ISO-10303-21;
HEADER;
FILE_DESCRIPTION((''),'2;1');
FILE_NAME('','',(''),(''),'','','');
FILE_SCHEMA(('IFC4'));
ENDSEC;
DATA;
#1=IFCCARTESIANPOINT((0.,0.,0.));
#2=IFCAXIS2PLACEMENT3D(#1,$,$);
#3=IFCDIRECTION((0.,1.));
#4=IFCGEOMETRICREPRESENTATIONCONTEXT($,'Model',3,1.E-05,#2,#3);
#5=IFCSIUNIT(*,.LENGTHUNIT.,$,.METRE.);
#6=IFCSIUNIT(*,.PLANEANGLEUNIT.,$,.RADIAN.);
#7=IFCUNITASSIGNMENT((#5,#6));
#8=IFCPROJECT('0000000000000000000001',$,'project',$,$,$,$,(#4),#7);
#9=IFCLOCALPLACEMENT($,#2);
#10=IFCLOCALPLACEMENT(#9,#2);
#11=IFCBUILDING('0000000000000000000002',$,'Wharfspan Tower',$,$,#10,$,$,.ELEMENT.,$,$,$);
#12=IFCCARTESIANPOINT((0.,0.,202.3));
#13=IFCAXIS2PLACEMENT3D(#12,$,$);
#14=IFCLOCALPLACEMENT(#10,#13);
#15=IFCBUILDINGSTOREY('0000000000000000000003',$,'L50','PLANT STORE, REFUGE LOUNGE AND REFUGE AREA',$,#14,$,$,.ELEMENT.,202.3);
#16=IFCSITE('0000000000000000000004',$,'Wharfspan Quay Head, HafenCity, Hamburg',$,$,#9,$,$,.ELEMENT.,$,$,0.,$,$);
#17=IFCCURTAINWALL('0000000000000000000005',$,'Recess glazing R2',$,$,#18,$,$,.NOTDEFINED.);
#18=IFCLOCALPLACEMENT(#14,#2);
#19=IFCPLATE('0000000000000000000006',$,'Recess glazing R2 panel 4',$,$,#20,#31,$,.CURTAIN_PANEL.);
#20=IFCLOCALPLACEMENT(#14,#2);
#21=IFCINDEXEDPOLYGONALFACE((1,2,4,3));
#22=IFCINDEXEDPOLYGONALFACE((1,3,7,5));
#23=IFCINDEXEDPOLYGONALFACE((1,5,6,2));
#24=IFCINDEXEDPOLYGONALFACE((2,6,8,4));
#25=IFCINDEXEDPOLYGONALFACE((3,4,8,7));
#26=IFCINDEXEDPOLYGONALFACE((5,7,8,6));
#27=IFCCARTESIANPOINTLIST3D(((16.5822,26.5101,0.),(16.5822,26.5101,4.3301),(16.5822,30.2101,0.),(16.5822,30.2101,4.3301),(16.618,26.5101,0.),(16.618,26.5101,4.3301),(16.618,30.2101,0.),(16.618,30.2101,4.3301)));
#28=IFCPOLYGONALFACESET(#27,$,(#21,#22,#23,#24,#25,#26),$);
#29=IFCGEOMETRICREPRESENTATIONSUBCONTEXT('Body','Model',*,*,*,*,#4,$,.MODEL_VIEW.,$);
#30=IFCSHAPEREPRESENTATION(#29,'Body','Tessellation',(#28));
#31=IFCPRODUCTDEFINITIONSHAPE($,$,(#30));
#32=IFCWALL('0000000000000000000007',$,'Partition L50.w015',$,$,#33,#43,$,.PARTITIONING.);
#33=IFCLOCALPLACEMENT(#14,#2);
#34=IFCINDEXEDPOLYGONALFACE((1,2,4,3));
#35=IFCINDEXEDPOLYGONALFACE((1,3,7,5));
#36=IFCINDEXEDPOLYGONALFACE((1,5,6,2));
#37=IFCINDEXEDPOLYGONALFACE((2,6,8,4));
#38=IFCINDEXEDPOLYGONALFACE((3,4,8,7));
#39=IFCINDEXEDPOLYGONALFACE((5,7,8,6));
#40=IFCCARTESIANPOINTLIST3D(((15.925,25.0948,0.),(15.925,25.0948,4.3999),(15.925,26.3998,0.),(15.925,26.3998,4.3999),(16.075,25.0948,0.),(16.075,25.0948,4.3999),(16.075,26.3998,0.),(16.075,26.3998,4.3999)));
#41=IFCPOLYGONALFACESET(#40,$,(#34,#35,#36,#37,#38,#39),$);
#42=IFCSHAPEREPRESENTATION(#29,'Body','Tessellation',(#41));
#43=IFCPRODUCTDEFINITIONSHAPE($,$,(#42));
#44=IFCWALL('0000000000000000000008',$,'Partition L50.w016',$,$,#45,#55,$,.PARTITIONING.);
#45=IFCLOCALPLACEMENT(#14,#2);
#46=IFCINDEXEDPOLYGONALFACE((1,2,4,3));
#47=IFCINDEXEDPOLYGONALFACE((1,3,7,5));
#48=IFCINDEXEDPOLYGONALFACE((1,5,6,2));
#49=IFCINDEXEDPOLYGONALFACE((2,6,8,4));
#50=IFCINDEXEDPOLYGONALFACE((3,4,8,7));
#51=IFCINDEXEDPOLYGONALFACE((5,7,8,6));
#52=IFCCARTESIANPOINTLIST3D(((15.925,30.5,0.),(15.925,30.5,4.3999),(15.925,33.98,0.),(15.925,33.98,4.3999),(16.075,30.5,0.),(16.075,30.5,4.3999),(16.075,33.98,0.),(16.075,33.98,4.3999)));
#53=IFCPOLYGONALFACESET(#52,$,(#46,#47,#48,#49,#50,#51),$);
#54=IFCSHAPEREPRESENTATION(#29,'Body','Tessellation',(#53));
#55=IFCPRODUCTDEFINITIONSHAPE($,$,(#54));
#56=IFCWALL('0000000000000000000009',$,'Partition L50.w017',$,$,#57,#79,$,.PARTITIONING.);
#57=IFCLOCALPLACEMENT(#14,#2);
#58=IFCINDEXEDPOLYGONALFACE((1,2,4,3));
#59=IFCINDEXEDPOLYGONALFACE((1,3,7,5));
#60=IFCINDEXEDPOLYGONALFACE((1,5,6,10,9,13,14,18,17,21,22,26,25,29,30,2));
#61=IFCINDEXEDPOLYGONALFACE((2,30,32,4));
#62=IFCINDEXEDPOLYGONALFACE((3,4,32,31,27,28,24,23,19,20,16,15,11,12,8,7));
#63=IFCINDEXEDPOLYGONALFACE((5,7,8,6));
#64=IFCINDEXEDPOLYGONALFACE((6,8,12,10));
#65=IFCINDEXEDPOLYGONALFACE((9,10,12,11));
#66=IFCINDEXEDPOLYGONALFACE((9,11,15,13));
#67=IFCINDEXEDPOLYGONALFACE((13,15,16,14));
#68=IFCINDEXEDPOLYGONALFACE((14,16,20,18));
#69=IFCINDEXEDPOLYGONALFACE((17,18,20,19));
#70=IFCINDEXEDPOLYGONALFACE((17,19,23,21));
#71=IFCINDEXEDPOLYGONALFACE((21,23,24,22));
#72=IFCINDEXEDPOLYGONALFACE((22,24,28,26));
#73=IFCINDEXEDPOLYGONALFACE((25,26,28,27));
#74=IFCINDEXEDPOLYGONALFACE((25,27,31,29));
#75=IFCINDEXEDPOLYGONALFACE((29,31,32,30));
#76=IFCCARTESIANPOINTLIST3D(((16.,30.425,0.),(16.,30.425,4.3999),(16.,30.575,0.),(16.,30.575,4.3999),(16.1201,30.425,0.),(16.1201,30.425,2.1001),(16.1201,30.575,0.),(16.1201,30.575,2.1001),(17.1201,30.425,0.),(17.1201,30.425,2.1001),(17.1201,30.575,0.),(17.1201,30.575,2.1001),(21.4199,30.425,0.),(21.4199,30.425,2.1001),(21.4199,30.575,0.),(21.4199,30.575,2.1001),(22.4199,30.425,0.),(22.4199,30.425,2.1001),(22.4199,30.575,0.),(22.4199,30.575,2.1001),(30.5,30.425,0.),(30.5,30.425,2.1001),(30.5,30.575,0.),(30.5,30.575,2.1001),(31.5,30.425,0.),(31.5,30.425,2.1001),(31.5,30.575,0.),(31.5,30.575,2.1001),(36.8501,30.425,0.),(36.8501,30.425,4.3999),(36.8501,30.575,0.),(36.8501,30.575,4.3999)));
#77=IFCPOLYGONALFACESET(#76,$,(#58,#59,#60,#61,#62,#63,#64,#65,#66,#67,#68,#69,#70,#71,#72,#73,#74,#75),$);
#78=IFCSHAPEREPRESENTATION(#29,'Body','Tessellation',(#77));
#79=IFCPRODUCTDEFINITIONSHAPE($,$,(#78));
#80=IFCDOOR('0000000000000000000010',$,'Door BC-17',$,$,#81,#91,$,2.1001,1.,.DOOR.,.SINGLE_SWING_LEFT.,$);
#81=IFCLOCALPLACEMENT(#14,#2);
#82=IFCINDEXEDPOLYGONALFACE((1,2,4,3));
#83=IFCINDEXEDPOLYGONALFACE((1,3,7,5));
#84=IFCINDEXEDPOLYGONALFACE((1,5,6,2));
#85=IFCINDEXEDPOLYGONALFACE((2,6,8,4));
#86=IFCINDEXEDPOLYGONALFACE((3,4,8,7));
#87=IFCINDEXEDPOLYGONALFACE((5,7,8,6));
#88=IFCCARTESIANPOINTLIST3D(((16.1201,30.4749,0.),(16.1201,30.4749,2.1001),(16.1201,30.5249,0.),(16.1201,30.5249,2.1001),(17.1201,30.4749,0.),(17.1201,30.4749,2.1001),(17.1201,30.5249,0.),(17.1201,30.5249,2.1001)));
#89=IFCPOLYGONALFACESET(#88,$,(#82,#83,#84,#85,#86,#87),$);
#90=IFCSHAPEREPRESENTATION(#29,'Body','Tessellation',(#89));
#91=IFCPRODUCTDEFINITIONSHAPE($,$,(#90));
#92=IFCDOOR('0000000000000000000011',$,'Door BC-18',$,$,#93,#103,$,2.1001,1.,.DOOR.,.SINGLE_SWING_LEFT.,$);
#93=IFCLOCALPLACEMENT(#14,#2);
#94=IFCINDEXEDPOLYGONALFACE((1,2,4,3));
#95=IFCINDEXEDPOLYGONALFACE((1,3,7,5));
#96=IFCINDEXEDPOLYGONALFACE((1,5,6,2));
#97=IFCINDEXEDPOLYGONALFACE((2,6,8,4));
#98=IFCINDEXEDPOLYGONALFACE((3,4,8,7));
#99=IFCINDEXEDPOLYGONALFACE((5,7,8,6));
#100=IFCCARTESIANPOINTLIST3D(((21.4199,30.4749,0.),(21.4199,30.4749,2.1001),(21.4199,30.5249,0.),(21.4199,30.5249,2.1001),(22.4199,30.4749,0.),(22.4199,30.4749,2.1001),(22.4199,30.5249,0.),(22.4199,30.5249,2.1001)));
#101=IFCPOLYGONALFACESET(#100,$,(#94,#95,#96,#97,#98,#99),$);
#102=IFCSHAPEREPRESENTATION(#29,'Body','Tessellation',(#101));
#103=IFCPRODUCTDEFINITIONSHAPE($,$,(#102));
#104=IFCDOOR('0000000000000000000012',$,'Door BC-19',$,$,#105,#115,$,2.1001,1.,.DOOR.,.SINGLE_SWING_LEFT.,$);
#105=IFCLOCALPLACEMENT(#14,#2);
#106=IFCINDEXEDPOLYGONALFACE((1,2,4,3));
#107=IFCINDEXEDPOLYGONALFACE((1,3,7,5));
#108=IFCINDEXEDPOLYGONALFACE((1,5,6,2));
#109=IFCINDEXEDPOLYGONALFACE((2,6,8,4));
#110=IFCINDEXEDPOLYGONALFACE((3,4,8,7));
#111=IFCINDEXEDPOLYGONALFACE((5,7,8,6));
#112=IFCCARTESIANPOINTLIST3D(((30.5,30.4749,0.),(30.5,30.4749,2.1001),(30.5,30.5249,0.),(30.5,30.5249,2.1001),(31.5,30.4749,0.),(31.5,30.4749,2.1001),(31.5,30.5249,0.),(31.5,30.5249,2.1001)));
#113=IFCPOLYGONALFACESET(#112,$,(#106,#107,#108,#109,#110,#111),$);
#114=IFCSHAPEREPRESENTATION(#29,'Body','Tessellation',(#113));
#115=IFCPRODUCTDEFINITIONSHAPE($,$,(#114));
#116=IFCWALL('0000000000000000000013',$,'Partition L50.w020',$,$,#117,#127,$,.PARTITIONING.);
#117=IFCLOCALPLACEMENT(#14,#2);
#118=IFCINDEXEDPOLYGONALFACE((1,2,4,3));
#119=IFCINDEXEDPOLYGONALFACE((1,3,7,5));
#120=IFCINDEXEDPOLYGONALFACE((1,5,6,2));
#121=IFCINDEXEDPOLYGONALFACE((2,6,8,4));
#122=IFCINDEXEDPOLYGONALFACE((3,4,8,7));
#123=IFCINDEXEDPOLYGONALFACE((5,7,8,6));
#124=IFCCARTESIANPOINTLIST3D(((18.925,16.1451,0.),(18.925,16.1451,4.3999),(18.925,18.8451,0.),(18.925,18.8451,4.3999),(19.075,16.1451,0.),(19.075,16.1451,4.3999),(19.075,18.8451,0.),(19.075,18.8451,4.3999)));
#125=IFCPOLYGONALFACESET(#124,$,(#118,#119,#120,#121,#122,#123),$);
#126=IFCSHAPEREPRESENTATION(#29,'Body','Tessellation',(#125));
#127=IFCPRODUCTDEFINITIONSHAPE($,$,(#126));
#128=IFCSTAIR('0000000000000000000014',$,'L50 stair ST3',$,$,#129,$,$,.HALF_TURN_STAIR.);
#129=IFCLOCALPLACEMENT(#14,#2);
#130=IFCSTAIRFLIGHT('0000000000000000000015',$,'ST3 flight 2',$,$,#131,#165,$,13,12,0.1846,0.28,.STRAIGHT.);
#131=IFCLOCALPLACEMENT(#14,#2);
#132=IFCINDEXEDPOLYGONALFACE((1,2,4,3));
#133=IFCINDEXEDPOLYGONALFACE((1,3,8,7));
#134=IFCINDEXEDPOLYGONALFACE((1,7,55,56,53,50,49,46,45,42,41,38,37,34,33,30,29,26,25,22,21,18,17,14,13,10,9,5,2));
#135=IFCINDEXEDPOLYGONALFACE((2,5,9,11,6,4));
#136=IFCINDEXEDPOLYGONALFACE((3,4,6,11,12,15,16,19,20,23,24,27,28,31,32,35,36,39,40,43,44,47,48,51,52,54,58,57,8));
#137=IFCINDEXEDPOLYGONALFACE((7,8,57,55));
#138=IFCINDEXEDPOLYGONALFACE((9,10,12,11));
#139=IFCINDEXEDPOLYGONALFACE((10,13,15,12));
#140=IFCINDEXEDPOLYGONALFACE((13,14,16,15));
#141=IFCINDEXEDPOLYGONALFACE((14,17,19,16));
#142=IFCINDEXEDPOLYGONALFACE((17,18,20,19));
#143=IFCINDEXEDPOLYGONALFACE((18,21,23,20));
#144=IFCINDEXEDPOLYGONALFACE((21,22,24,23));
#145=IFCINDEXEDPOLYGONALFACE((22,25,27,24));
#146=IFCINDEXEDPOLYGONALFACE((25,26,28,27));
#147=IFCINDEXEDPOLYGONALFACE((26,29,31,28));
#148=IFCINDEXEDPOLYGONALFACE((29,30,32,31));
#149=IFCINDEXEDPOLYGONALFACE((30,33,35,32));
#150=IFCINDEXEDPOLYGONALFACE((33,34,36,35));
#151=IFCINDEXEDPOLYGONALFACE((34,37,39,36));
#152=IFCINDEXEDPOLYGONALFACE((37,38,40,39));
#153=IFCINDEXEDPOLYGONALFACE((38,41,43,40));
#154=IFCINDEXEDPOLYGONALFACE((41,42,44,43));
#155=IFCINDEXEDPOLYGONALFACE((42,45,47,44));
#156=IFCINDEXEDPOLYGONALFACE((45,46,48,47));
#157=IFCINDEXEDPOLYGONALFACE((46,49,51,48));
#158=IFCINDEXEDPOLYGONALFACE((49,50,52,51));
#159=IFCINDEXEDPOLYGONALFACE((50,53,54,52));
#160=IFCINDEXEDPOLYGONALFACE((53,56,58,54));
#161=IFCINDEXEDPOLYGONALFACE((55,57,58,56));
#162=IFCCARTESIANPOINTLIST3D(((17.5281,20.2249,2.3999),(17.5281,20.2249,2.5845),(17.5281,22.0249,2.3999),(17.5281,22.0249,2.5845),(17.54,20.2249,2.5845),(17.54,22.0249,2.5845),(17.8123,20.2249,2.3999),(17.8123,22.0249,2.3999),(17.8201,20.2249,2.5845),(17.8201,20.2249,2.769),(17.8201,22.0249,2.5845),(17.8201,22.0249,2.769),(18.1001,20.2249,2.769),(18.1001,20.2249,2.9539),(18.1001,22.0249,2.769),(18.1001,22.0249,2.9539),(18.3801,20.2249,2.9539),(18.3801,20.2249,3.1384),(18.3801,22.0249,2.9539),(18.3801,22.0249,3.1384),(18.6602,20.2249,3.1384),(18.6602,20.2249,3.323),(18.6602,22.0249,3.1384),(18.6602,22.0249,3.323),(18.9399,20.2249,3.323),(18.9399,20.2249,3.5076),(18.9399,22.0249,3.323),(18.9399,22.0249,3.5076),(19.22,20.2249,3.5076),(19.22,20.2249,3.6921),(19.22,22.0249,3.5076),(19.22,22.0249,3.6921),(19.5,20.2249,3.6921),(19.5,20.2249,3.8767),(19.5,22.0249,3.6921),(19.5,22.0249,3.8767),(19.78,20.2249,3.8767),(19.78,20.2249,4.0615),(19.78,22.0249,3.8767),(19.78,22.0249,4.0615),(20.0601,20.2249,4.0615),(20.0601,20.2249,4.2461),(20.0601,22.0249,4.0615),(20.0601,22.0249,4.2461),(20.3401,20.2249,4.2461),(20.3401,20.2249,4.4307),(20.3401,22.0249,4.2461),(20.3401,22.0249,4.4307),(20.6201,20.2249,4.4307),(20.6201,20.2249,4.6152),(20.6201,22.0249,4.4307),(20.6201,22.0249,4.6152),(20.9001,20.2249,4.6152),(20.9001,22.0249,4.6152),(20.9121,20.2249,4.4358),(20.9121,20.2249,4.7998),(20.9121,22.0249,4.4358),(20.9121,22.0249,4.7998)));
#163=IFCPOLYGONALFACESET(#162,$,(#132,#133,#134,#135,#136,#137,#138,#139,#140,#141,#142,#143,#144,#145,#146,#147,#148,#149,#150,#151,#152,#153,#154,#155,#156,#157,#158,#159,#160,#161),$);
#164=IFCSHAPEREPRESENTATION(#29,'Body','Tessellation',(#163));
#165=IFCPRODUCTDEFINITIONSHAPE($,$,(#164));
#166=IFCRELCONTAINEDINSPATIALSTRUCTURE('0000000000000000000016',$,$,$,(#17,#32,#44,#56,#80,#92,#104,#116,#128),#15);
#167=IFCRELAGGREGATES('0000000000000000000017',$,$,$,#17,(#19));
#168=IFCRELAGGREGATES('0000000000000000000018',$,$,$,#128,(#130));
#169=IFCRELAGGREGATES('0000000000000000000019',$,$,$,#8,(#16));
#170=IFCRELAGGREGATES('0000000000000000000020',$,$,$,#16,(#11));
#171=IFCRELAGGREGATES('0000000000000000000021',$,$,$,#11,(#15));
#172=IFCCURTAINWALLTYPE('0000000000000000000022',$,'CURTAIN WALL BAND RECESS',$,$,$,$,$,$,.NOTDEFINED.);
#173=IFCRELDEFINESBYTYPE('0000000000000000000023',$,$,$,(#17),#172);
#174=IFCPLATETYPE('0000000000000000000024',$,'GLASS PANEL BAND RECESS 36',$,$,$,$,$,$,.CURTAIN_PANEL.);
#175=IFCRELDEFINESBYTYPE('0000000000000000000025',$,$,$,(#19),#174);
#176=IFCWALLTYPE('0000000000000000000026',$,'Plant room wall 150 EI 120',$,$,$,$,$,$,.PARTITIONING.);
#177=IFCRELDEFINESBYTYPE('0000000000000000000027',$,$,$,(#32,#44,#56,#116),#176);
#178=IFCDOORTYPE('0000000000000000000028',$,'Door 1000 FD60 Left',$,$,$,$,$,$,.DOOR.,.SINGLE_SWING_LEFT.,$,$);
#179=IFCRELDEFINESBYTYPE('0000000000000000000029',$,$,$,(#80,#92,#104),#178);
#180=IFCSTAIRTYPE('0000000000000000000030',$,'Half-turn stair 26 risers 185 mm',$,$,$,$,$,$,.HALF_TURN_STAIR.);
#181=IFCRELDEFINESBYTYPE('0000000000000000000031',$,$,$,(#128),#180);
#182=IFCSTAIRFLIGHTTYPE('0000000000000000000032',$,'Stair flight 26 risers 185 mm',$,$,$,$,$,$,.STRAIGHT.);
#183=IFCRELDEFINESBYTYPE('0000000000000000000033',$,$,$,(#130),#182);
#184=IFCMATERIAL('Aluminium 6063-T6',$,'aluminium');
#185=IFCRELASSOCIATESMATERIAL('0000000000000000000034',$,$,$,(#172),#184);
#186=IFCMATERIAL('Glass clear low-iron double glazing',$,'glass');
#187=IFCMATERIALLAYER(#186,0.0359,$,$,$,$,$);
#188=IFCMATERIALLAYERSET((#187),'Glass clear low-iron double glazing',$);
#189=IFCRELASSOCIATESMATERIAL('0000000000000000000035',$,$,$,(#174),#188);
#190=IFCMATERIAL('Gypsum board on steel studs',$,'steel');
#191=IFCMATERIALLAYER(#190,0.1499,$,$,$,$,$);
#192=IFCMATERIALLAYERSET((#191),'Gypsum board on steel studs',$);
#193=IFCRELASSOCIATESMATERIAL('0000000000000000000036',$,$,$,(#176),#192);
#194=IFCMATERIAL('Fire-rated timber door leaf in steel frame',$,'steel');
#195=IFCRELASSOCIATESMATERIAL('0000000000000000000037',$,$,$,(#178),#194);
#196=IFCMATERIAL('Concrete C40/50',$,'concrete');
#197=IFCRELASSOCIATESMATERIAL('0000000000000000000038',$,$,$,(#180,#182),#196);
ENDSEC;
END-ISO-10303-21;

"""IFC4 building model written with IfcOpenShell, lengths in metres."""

from ifc_helpers import new_model, si_unit, direction, frame, frame_2d, origin, origin_2d, place, context, subcontext, project, spatial, polyline, rectangle, outline, extrude, material, layer, layer_set, type_object, element, fill, aggregate, save


model = new_model("IFC4")

# Units and contexts
model_context = context("Model", 3, precision=1e-05, world=origin(), true_north=direction((0.0, 1.0)))
body_context = subcontext(model_context, "Body", "Model", "MODEL_VIEW")
ifc_project = project(units=[si_unit("LENGTHUNIT", "METRE"), si_unit("PLANEANGLEUNIT", "RADIAN")], contexts=[model_context])

# Site, building, storey
site_placement = place(None, origin())
site = spatial("IfcSite", under=ifc_project, at=site_placement, Name="Wharfspan Quay Head, HafenCity, Hamburg", CompositionType="ELEMENT", RefElevation=0.0)
building_placement = place(site_placement, origin())
building = spatial("IfcBuilding", under=site, at=building_placement, Name="Wharfspan Tower", CompositionType="ELEMENT")
storey_placement = place(building_placement, frame((0.0, 0.0, 202.3)))
storey = spatial("IfcBuildingStorey", under=building, at=storey_placement, Name="L50", Description="PLANT STORE, REFUGE LOUNGE AND REFUGE AREA", CompositionType="ELEMENT", Elevation=202.3)

# Shared definitions
ifc_material_1 = material(Name="Concrete C40/50", Category="concrete")

# Curtain wall, plate
ifc_material_2 = material(Name="Aluminium 6063-T6", Category="aluminium")
curtain_wall_type = type_object("IfcCurtainWallType", Name="CURTAIN WALL BAND RECESS", PredefinedType="NOTDEFINED", material=ifc_material_2)
curtain_wall_placement = place(storey_placement, origin())
curtain_wall = element("IfcCurtainWall", 1, at=curtain_wall_placement, inside=storey, type_object=curtain_wall_type, Name="Recess glazing R2", PredefinedType="NOTDEFINED")
ifc_material_3 = material(Name="Glass clear low-iron double glazing", Category="glass")
ifc_layer_1 = layer(ifc_material_3, 0.0359)
ifc_layer_set_1 = layer_set([ifc_layer_1], Name="Glass clear low-iron double glazing")
plate_type = type_object("IfcPlateType", Name="GLASS PANEL BAND RECESS 36", PredefinedType="CURTAIN_PANEL", material=ifc_layer_set_1)
plate_1_placement = place(storey_placement, frame((16.6001, 28.3601, 0.0), z_axis=(0.0, 0.0, 1.0), x_axis=(0.0, 1.0, 0.0)))
plate_1 = element("IfcPlate", 2, at=plate_1_placement, type_object=plate_type, Name="Recess glazing R2 panel 4", PredefinedType="CURTAIN_PANEL", context=body_context, shape_type="SweptSolid", body=[
    extrude(rectangle(XDim=3.7, YDim=0.0359, at=origin_2d()), origin(), (0.0, 0.0, 1.0), 4.3301),
])
aggregate(curtain_wall, [plate_1])

# Walls
ifc_material_4 = material(Name="Gypsum board on steel studs", Category="steel")
ifc_layer_2 = layer(ifc_material_4, 0.1499)
ifc_layer_set_2 = layer_set([ifc_layer_2], Name="Gypsum board on steel studs")
wall_type = type_object("IfcWallType", Name="Plant room wall 150 EI 120", PredefinedType="PARTITIONING", material=ifc_layer_set_2)
wall_1_placement = place(storey_placement, frame((16.0, 25.095, 0.0), z_axis=(0.0, 0.0, 1.0), x_axis=(0.0, 1.0, 0.0)))
element("IfcWall", 3, at=wall_1_placement, inside=storey, type_object=wall_type, Name="Partition L50.w015", PredefinedType="PARTITIONING", context=body_context, shape_type="SweptSolid", body=[
    extrude(rectangle(XDim=1.3049, YDim=0.1499, at=frame_2d((0.6523, 0.0))), origin(), (0.0, 0.0, 1.0), 4.3999),
])
wall_2_placement = place(storey_placement, frame((16.0, 30.5, 0.0), z_axis=(0.0, 0.0, 1.0), x_axis=(0.0, 1.0, 0.0)))
element("IfcWall", 4, at=wall_2_placement, inside=storey, type_object=wall_type, Name="Partition L50.w016", PredefinedType="PARTITIONING", context=body_context, shape_type="SweptSolid", body=[
    extrude(rectangle(XDim=3.48, YDim=0.1499, at=frame_2d((1.74, 0.0))), origin(), (0.0, 0.0, 1.0), 4.3999),
])

# Wall, openings, doors
wall_3_placement = place(storey_placement, frame((16.0, 30.5, 0.0), z_axis=(0.0, 0.0, 1.0), x_axis=(1.0, 0.0, 0.0)))
wall_3 = element("IfcWall", 5, at=wall_3_placement, inside=storey, type_object=wall_type, Name="Partition L50.w017", PredefinedType="PARTITIONING", context=body_context, shape_type="SweptSolid", body=[
    extrude(rectangle(XDim=20.8501, YDim=0.1499, at=frame_2d((10.425, 0.0))), origin(), (0.0, 0.0, 1.0), 4.3999),
])
opening_1_placement = place(wall_3_placement, frame((0.1201, 0.0, 0.0)))
opening_1 = element("IfcOpeningElement", 6, at=opening_1_placement, cuts=wall_3, PredefinedType="OPENING", context=body_context, shape_type="SweptSolid", body=[
    extrude(rectangle(XDim=1.0, YDim=2.1001, at=frame_2d((0.5, 1.05))), frame((0.0, 0.085, 0.0), z_axis=(0.0, -1.0, 0.0), x_axis=(1.0, 0.0, 0.0)), (0.0, 0.0, 1.0), 0.1699),
])
opening_2_placement = place(wall_3_placement, frame((5.4199, 0.0, 0.0)))
opening_2 = element("IfcOpeningElement", 7, at=opening_2_placement, cuts=wall_3, PredefinedType="OPENING", context=body_context, shape_type="SweptSolid", body=[
    extrude(rectangle(XDim=1.0, YDim=2.1001, at=frame_2d((0.5, 1.05))), frame((0.0, 0.085, 0.0), z_axis=(0.0, -1.0, 0.0), x_axis=(1.0, 0.0, 0.0)), (0.0, 0.0, 1.0), 0.1699),
])
opening_3_placement = place(wall_3_placement, frame((14.5, 0.0, 0.0)))
opening_3 = element("IfcOpeningElement", 8, at=opening_3_placement, cuts=wall_3, PredefinedType="OPENING", context=body_context, shape_type="SweptSolid", body=[
    extrude(rectangle(XDim=1.0, YDim=2.1001, at=frame_2d((0.5, 1.05))), frame((0.0, 0.085, 0.0), z_axis=(0.0, -1.0, 0.0), x_axis=(1.0, 0.0, 0.0)), (0.0, 0.0, 1.0), 0.1699),
])
ifc_material_5 = material(Name="Fire-rated timber door leaf in steel frame", Category="steel")
door_type = type_object("IfcDoorType", Name="Door 1000 FD60 Left", OperationType="SINGLE_SWING_LEFT", PredefinedType="DOOR", material=ifc_material_5)
door_1_placement = place(opening_1_placement, origin())
door_1 = element("IfcDoor", 9, at=door_1_placement, inside=storey, type_object=door_type, Name="Door BC-17", OperationType="SINGLE_SWING_LEFT", OverallHeight=2.1001, OverallWidth=1.0, PredefinedType="DOOR", context=body_context, shape_type="SweptSolid", body=[
    extrude(rectangle(XDim=1.0, YDim=2.1001, at=frame_2d((0.5, 1.05))), frame((0.0, 0.0249, 0.0), z_axis=(0.0, -1.0, 0.0), x_axis=(1.0, 0.0, 0.0)), (0.0, 0.0, 1.0), 0.05),
])
fill(opening_1, door_1)
door_2_placement = place(opening_2_placement, origin())
door_2 = element("IfcDoor", 10, at=door_2_placement, inside=storey, type_object=door_type, Name="Door BC-18", OperationType="SINGLE_SWING_LEFT", OverallHeight=2.1001, OverallWidth=1.0, PredefinedType="DOOR", context=body_context, shape_type="SweptSolid", body=[
    extrude(rectangle(XDim=1.0, YDim=2.1001, at=frame_2d((0.5, 1.05))), frame((0.0, 0.0249, 0.0), z_axis=(0.0, -1.0, 0.0), x_axis=(1.0, 0.0, 0.0)), (0.0, 0.0, 1.0), 0.05),
])
fill(opening_2, door_2)
door_3_placement = place(opening_3_placement, origin())
door_3 = element("IfcDoor", 11, at=door_3_placement, inside=storey, type_object=door_type, Name="Door BC-19", OperationType="SINGLE_SWING_LEFT", OverallHeight=2.1001, OverallWidth=1.0, PredefinedType="DOOR", context=body_context, shape_type="SweptSolid", body=[
    extrude(rectangle(XDim=1.0, YDim=2.1001, at=frame_2d((0.5, 1.05))), frame((0.0, 0.0249, 0.0), z_axis=(0.0, -1.0, 0.0), x_axis=(1.0, 0.0, 0.0)), (0.0, 0.0, 1.0), 0.05),
])
fill(opening_3, door_3)

# Wall
wall_4_placement = place(storey_placement, frame((19.0, 16.145, 0.0), z_axis=(0.0, 0.0, 1.0), x_axis=(0.0, 1.0, 0.0)))
element("IfcWall", 12, at=wall_4_placement, inside=storey, type_object=wall_type, Name="Partition L50.w020", PredefinedType="PARTITIONING", context=body_context, shape_type="SweptSolid", body=[
    extrude(rectangle(XDim=2.7, YDim=0.1499, at=frame_2d((1.3501, 0.0))), origin(), (0.0, 0.0, 1.0), 4.3999),
])

# Stair, stair flight
stair_type = type_object("IfcStairType", Name="Half-turn stair 26 risers 185 mm", PredefinedType="HALF_TURN_STAIR", material=ifc_material_1)
stair_placement = place(storey_placement, origin())
stair = element("IfcStair", 13, at=stair_placement, inside=storey, type_object=stair_type, Name="L50 stair ST3", PredefinedType="HALF_TURN_STAIR")
stair_flight_type = type_object("IfcStairFlightType", Name="Stair flight 26 risers 185 mm", PredefinedType="STRAIGHT", material=ifc_material_1)
stair_flight_placement = place(storey_placement, frame((17.54, 21.125, 2.3999), z_axis=(0.0, 0.0, 1.0), x_axis=(1.0, 0.0, 0.0)))
stair_flight = element("IfcStairFlight", 14, at=stair_flight_placement, type_object=stair_flight_type, Name="ST3 flight 2", NumberOfRisers=13, NumberOfTreads=12, PredefinedType="STRAIGHT", RiserHeight=0.1846, TreadLength=0.28, context=body_context, shape_type="SweptSolid", body=[
    extrude(outline(polyline([(-0.012, 0.0), (-0.012, 0.1846), (0.0, 0.1846), (0.28, 0.1846), (0.28, 0.3691), (0.5601, 0.3691), (0.5601, 0.554), (0.8401, 0.554), (0.8401, 0.7385), (1.1201, 0.7385), (1.1201, 0.9231), (1.3999, 0.9231), (1.3999, 1.1077), (1.6799, 1.1077), (1.6799, 1.2922), (1.96, 1.2922), (1.96, 1.4768), (2.24, 1.4768), (2.24, 1.6616), (2.52, 1.6616), (2.52, 1.8462), (2.8, 1.8462), (2.8, 2.0308), (3.0801, 2.0308), (3.0801, 2.2153), (3.3601, 2.2153), (3.3721, 2.3999), (3.3721, 2.0359), (0.2722, 0.0), (-0.012, 0.0)])), frame((0.0, 0.8999, 0.0), z_axis=(0.0, -1.0, 0.0), x_axis=(1.0, 0.0, 0.0)), (0.0, 0.0, 1.0), 1.8),
])
aggregate(stair, [stair_flight])

save(model, "model.ifc")
